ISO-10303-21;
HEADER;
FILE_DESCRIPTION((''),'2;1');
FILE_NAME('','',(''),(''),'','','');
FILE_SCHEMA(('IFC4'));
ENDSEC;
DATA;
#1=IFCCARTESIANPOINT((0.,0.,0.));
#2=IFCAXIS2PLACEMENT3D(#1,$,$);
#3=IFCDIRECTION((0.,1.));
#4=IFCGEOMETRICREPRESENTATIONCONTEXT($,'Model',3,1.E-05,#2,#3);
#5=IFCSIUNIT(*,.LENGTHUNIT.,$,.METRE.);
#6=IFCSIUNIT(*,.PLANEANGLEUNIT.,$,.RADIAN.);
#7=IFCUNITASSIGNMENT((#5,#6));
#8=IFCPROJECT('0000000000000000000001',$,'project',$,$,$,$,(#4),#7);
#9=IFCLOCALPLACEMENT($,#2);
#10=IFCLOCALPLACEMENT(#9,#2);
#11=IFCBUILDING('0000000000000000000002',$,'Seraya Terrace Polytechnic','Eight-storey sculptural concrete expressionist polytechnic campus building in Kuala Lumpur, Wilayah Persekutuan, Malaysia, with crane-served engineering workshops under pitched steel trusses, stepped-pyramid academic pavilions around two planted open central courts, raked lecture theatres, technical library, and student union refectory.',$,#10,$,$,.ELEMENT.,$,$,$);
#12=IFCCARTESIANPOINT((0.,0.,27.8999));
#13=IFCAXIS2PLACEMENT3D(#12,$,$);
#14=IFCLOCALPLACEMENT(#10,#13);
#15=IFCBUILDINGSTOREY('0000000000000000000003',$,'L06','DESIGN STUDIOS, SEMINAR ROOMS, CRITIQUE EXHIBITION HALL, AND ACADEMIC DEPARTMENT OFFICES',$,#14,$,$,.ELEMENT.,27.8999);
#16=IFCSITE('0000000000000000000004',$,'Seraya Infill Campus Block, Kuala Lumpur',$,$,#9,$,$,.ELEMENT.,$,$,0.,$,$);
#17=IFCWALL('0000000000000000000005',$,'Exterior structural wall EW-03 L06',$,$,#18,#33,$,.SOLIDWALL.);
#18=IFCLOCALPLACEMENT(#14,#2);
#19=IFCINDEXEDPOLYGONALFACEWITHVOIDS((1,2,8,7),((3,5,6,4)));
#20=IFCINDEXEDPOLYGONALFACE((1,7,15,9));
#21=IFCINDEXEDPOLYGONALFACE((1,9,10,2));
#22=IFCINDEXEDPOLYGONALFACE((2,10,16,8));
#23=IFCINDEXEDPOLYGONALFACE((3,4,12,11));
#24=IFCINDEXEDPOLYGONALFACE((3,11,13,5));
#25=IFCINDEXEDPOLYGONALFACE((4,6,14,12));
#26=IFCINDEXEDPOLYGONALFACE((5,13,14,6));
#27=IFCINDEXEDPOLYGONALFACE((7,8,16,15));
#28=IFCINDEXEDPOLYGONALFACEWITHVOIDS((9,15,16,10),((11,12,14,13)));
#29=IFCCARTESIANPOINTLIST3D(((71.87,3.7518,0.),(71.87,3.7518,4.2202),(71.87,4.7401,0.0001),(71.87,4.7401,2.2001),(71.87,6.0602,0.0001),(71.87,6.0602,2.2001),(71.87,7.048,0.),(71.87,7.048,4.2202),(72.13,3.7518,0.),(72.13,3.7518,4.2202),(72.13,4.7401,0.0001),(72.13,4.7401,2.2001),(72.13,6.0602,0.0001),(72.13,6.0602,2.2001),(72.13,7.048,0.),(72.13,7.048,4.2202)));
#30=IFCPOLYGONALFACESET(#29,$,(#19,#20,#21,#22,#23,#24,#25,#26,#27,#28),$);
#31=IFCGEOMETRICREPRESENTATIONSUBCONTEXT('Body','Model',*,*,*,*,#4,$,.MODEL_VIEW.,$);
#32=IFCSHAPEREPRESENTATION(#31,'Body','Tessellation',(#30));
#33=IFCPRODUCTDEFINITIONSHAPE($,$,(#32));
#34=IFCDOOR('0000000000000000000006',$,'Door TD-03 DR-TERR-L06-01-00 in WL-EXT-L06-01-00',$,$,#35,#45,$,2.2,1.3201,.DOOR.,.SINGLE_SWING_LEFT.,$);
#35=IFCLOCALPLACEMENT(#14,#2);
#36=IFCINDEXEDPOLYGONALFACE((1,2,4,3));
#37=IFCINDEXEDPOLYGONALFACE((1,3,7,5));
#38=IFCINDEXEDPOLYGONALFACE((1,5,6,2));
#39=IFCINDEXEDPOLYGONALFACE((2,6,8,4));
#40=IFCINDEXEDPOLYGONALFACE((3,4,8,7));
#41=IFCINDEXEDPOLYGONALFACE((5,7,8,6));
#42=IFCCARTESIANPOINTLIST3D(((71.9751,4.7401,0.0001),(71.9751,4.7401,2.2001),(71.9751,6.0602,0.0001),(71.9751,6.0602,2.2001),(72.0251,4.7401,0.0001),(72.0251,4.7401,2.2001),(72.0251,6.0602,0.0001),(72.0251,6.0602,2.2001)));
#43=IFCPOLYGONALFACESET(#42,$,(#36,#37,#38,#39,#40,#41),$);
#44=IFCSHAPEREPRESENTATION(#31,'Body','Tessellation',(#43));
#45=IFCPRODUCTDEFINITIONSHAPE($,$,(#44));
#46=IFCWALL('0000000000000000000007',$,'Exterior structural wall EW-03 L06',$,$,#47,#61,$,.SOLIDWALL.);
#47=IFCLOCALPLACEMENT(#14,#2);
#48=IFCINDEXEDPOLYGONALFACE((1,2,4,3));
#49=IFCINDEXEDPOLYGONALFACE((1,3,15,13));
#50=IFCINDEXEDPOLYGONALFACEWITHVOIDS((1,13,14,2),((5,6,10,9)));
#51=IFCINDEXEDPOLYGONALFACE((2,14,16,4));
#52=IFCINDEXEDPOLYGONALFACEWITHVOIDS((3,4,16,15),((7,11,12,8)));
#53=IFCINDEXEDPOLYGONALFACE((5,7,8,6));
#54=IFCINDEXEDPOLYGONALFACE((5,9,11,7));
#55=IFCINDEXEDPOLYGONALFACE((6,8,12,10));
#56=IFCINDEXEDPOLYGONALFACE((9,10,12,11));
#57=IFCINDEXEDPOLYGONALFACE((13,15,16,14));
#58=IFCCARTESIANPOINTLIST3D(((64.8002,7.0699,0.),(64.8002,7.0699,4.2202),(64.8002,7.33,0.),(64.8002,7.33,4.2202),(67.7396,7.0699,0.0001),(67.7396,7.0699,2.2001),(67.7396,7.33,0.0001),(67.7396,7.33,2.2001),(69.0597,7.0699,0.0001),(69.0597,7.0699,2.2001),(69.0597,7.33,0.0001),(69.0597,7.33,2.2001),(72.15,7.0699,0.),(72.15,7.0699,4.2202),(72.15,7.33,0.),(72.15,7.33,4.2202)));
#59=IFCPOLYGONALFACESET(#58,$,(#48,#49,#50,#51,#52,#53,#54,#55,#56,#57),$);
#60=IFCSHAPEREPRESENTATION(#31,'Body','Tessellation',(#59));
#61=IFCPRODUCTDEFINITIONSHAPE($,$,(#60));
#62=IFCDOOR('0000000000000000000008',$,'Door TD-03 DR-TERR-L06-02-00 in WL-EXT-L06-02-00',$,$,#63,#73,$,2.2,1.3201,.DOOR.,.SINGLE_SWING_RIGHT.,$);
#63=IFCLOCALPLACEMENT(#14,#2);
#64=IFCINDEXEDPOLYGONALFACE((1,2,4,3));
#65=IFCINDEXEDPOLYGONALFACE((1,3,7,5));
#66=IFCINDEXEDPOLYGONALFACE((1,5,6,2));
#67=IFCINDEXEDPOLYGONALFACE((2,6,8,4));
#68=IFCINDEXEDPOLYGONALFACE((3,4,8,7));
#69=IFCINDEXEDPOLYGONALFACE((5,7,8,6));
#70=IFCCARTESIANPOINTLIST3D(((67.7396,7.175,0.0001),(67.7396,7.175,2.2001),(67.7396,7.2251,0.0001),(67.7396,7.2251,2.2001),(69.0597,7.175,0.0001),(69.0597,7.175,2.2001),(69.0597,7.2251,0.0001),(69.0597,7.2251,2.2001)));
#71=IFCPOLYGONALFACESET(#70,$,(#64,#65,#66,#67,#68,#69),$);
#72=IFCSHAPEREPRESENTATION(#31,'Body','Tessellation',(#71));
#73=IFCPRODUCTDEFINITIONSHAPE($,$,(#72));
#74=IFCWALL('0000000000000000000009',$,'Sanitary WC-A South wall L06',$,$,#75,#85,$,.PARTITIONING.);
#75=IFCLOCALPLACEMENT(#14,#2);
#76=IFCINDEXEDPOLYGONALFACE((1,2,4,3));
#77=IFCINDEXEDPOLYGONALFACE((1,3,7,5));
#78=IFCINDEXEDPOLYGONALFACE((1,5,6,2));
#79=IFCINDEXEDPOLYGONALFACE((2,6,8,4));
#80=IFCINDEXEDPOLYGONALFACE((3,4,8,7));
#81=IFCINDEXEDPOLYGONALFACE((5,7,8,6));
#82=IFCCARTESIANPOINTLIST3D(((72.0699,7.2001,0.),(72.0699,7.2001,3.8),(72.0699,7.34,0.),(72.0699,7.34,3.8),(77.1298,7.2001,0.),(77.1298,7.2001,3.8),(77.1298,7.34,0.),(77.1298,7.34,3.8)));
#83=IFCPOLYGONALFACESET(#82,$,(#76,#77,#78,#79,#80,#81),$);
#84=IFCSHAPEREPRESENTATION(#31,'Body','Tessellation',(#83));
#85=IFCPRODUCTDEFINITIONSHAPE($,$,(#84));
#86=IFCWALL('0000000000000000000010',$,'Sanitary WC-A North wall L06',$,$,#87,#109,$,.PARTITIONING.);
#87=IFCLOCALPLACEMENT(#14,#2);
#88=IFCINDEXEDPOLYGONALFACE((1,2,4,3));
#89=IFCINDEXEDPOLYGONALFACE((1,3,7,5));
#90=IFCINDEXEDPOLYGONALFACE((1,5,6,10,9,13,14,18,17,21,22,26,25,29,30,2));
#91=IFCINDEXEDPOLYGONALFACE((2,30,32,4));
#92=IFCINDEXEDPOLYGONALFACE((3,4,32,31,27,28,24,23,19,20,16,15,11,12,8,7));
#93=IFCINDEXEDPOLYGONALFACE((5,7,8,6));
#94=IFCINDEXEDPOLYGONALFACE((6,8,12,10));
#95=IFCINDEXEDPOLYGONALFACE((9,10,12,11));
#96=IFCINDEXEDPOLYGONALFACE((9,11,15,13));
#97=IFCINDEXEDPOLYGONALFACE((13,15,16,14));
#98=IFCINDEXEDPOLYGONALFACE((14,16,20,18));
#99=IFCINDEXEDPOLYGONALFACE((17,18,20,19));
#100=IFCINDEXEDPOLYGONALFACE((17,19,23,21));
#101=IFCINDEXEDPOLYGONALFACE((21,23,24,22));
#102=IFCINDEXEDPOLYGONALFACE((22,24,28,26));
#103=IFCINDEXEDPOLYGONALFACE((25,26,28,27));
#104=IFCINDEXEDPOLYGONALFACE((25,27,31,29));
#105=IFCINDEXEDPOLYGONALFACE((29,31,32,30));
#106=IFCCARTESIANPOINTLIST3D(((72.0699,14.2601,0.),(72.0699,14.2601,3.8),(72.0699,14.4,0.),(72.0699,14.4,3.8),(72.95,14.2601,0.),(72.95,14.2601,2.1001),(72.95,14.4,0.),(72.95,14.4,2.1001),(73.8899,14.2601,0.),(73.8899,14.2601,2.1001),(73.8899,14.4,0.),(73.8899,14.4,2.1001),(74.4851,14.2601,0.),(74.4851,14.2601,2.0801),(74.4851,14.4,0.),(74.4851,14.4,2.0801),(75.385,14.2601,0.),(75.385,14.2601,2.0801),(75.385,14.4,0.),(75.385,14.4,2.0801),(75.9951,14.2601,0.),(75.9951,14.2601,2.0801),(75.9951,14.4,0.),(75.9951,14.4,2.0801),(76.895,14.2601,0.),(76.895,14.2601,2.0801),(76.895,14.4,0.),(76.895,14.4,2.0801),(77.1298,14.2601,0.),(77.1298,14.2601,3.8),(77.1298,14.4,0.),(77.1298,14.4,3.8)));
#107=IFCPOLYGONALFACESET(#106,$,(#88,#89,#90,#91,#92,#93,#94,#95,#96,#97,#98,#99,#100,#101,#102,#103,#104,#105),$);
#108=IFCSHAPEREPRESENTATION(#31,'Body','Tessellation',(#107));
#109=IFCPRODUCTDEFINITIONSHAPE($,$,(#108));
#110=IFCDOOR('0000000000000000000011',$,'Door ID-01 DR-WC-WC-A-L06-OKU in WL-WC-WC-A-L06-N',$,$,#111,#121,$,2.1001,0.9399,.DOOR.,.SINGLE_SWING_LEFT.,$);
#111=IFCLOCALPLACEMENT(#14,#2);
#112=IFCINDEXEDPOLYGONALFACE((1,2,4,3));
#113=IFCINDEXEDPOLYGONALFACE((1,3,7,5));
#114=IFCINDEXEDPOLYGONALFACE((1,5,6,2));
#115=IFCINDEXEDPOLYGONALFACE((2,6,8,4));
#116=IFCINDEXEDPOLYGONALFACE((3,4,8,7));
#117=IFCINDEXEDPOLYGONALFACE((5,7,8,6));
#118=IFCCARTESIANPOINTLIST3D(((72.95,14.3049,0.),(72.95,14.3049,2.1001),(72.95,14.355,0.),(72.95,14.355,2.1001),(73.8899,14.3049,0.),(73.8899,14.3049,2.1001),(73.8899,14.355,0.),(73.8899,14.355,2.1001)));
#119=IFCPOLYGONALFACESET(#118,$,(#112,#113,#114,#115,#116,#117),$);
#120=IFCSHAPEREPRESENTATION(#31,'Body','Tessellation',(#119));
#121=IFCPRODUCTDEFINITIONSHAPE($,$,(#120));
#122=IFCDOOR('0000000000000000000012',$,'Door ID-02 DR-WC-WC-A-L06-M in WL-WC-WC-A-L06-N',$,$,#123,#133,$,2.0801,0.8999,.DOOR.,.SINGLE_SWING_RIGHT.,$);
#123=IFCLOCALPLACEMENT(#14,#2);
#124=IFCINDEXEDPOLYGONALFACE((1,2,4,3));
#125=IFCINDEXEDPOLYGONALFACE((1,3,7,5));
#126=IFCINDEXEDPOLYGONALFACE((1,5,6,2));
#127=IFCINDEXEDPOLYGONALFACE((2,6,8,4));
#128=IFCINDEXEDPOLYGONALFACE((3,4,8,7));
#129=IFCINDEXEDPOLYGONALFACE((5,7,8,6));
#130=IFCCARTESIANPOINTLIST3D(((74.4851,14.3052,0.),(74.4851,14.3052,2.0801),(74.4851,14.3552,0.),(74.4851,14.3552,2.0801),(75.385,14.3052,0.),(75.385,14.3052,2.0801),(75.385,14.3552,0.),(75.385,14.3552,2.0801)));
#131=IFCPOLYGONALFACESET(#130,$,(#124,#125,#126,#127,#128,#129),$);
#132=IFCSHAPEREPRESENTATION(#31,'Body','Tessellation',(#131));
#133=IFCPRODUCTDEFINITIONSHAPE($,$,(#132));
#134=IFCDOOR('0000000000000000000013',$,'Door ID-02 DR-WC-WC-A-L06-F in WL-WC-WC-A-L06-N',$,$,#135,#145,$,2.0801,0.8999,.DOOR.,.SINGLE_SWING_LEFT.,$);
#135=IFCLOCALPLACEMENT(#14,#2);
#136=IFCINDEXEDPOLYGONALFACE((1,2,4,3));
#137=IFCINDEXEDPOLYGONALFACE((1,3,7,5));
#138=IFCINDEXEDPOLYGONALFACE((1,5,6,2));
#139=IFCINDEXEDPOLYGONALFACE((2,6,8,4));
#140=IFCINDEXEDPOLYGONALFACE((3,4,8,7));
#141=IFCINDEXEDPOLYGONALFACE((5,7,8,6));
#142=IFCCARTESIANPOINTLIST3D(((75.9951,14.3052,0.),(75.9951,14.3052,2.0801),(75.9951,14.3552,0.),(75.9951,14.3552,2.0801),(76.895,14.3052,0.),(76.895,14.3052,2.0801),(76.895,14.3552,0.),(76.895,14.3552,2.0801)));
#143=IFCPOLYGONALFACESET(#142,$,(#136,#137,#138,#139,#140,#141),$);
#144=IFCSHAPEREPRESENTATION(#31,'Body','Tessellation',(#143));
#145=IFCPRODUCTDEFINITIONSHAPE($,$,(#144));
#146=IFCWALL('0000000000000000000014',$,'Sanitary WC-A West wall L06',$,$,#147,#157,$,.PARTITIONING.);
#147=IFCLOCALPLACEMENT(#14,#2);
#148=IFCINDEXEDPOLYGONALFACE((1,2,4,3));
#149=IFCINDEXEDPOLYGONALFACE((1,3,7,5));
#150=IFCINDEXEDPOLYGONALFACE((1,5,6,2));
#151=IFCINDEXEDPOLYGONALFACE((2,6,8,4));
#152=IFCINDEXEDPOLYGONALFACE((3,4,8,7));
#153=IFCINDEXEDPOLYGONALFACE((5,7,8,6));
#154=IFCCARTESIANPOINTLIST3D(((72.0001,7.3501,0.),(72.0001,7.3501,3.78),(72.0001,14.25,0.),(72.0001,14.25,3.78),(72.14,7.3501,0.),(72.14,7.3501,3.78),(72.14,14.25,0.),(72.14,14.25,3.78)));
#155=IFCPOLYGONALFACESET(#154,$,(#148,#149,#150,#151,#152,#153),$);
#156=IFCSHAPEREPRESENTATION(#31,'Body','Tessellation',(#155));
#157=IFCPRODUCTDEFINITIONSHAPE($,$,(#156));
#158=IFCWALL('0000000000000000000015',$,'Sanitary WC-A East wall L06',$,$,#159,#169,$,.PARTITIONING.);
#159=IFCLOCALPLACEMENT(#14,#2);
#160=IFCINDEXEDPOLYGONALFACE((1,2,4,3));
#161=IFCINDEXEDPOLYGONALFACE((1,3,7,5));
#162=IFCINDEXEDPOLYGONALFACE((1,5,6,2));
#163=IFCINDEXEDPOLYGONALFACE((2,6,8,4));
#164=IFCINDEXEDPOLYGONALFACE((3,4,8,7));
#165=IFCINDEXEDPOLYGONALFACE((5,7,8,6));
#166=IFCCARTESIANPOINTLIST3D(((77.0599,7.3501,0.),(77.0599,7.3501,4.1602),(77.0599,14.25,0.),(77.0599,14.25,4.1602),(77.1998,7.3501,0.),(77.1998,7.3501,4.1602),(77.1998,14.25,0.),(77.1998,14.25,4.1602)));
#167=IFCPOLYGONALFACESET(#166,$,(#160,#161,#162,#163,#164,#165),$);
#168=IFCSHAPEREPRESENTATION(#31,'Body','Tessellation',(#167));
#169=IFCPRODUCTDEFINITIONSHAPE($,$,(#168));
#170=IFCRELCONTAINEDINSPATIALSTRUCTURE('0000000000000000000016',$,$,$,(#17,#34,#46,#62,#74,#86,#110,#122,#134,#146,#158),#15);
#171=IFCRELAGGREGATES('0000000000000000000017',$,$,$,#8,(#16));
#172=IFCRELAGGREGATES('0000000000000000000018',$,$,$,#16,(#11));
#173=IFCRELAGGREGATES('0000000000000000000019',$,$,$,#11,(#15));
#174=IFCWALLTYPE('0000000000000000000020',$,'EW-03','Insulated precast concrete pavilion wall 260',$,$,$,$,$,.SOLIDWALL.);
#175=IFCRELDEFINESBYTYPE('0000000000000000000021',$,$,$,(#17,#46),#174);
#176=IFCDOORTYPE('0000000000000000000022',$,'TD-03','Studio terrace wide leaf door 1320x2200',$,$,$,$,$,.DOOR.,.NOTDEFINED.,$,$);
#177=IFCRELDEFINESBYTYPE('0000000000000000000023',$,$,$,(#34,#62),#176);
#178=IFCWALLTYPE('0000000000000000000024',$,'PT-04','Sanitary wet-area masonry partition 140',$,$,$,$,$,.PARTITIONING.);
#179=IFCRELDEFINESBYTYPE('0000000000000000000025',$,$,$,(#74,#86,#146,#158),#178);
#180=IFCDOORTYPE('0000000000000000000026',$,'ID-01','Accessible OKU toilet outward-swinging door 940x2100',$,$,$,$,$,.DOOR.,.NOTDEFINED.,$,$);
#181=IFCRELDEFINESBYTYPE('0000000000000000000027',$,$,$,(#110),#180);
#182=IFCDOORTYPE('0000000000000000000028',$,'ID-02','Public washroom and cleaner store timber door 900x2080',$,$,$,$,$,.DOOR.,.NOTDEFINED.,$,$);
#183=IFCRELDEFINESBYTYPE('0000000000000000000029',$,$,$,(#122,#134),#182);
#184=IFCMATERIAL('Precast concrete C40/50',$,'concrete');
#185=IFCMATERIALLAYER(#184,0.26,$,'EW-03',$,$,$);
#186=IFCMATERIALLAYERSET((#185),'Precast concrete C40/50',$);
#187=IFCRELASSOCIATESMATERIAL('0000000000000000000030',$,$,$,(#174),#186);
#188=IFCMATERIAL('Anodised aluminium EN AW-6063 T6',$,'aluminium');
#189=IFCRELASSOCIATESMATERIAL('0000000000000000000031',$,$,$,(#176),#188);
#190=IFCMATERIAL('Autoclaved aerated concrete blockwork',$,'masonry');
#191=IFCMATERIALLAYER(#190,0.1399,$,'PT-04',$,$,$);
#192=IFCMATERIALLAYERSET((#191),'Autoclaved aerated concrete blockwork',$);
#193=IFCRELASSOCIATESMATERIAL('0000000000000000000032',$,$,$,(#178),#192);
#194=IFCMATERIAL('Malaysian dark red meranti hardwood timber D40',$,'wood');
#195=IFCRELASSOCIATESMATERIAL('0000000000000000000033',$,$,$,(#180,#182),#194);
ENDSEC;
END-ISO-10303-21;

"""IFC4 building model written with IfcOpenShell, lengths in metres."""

from ifc_helpers import new_model, si_unit, direction, frame, frame_2d, origin, place, context, subcontext, project, spatial, rectangle, extrude, material, layer, layer_set, type_object, element, fill, save


model = new_model("IFC4")

# Units and contexts
model_context = context("Model", 3, precision=1e-05, world=origin(), true_north=direction((0.0, 1.0)))
body_context = subcontext(model_context, "Body", "Model", "MODEL_VIEW")
ifc_project = project(units=[si_unit("LENGTHUNIT", "METRE"), si_unit("PLANEANGLEUNIT", "RADIAN")], contexts=[model_context])

# Site, building, storey
site_placement = place(None, origin())
site = spatial("IfcSite", under=ifc_project, at=site_placement, Name="Seraya Infill Campus Block, Kuala Lumpur", CompositionType="ELEMENT", RefElevation=0.0)
building_placement = place(site_placement, origin())
building = spatial("IfcBuilding", under=site, at=building_placement, Name="Seraya Terrace Polytechnic", Description="Eight-storey sculptural concrete expressionist polytechnic campus building in Kuala Lumpur, Wilayah Persekutuan, Malaysia, with crane-served engineering workshops under pitched steel trusses, stepped-pyramid academic pavilions around two planted open central courts, raked lecture theatres, technical library, and student union refectory.", CompositionType="ELEMENT")
storey_placement = place(building_placement, frame((0.0, 0.0, 27.8999)))
storey = spatial("IfcBuildingStorey", under=building, at=storey_placement, Name="L06", Description="DESIGN STUDIOS, SEMINAR ROOMS, CRITIQUE EXHIBITION HALL, AND ACADEMIC DEPARTMENT OFFICES", CompositionType="ELEMENT", Elevation=27.8999)

# Walls, openings, doors
ifc_material_1 = material(Name="Precast concrete C40/50", Category="concrete")
ifc_layer_1 = layer(ifc_material_1, 0.26, Name="EW-03")
ifc_layer_set_1 = layer_set([ifc_layer_1], Name="Precast concrete C40/50")
wall_type_1 = type_object("IfcWallType", Name="EW-03", Description="Insulated precast concrete pavilion wall 260", PredefinedType="SOLIDWALL", material=ifc_layer_set_1)
wall_1_placement = place(storey_placement, frame((72.0, 3.752, 0.0), z_axis=(0.0, 0.0, 1.0), x_axis=(0.0, 1.0, 0.0)))
wall_1 = element("IfcWall", 1, at=wall_1_placement, inside=storey, type_object=wall_type_1, Name="Exterior structural wall EW-03 L06", PredefinedType="SOLIDWALL", context=body_context, shape_type="SweptSolid", body=[
    extrude(rectangle(XDim=3.2961, YDim=0.26, at=frame_2d((1.6479, 0.0))), origin(), (0.0, 0.0, 1.0), 4.2202),
])
opening_1_placement = place(wall_1_placement, frame((0.988, 0.0, 0.0)))
opening_1 = element("IfcOpeningElement", 2, at=opening_1_placement, cuts=wall_1, PredefinedType="OPENING", context=body_context, shape_type="SweptSolid", body=[
    extrude(rectangle(XDim=1.3201, YDim=2.2, at=frame_2d((0.6602, 1.1001))), frame((0.0, 0.1421, 0.0), z_axis=(0.0, -1.0, 0.0), x_axis=(1.0, 0.0, 0.0)), (0.0, 0.0, 1.0), 0.2839),
])
ifc_material_2 = material(Name="Anodised aluminium EN AW-6063 T6", Category="aluminium")
door_type_1 = type_object("IfcDoorType", Name="TD-03", Description="Studio terrace wide leaf door 1320x2200", OperationType="NOTDEFINED", PredefinedType="DOOR", material=ifc_material_2)
door_1_placement = place(opening_1_placement, origin())
door_1 = element("IfcDoor", 3, at=door_1_placement, inside=storey, type_object=door_type_1, Name="Door TD-03 DR-TERR-L06-01-00 in WL-EXT-L06-01-00", OperationType="SINGLE_SWING_LEFT", OverallHeight=2.2, OverallWidth=1.3201, PredefinedType="DOOR", context=body_context, shape_type="SweptSolid", body=[
    extrude(rectangle(XDim=1.3201, YDim=2.2, at=frame_2d((0.6602, 1.1001))), frame((0.0, 0.0249, 0.0), z_axis=(0.0, -1.0, 0.0), x_axis=(1.0, 0.0, 0.0)), (0.0, 0.0, 1.0), 0.05),
])
fill(opening_1, door_1)
wall_2_placement = place(storey_placement, frame((72.1499, 7.2, 0.0), z_axis=(0.0, 0.0, 1.0), x_axis=(-1.0, 0.0, 0.0)))
wall_2 = element("IfcWall", 4, at=wall_2_placement, inside=storey, type_object=wall_type_1, Name="Exterior structural wall EW-03 L06", PredefinedType="SOLIDWALL", context=body_context, shape_type="SweptSolid", body=[
    extrude(rectangle(XDim=7.3499, YDim=0.26, at=frame_2d((3.6748, 0.0))), origin(), (0.0, 0.0, 1.0), 4.2202),
])
opening_2_placement = place(wall_2_placement, frame((3.0901, 0.0, 0.0)))
opening_2 = element("IfcOpeningElement", 5, at=opening_2_placement, cuts=wall_2, PredefinedType="OPENING", context=body_context, shape_type="SweptSolid", body=[
    extrude(rectangle(XDim=1.3201, YDim=2.2, at=frame_2d((0.6602, 1.1001))), frame((0.0, 0.1421, 0.0), z_axis=(0.0, -1.0, 0.0), x_axis=(1.0, 0.0, 0.0)), (0.0, 0.0, 1.0), 0.2839),
])
door_2_placement = place(opening_2_placement, origin())
door_2 = element("IfcDoor", 6, at=door_2_placement, inside=storey, type_object=door_type_1, Name="Door TD-03 DR-TERR-L06-02-00 in WL-EXT-L06-02-00", OperationType="SINGLE_SWING_RIGHT", OverallHeight=2.2, OverallWidth=1.3201, PredefinedType="DOOR", context=body_context, shape_type="SweptSolid", body=[
    extrude(rectangle(XDim=1.3201, YDim=2.2, at=frame_2d((0.6602, 1.1001))), frame((0.0, 0.0249, 0.0), z_axis=(0.0, -1.0, 0.0), x_axis=(1.0, 0.0, 0.0)), (0.0, 0.0, 1.0), 0.05),
])
fill(opening_2, door_2)

# Wall
ifc_material_3 = material(Name="Autoclaved aerated concrete blockwork", Category="masonry")
ifc_layer_2 = layer(ifc_material_3, 0.1399, Name="PT-04")
ifc_layer_set_2 = layer_set([ifc_layer_2], Name="Autoclaved aerated concrete blockwork")
wall_type_2 = type_object("IfcWallType", Name="PT-04", Description="Sanitary wet-area masonry partition 140", PredefinedType="PARTITIONING", material=ifc_layer_set_2)
wall_3_placement = place(storey_placement, frame((72.0701, 7.27, 0.0), z_axis=(0.0, 0.0, 1.0), x_axis=(1.0, 0.0, 0.0)))
element("IfcWall", 7, at=wall_3_placement, inside=storey, type_object=wall_type_2, Name="Sanitary WC-A South wall L06", PredefinedType="PARTITIONING", context=body_context, shape_type="SweptSolid", body=[
    extrude(rectangle(XDim=5.0598, YDim=0.1399, at=frame_2d((2.5298, 0.0))), origin(), (0.0, 0.0, 1.0), 3.8),
])

# Wall, openings, doors
wall_4_placement = place(storey_placement, frame((72.0701, 14.3301, 0.0), z_axis=(0.0, 0.0, 1.0), x_axis=(1.0, 0.0, 0.0)))
wall_4 = element("IfcWall", 8, at=wall_4_placement, inside=storey, type_object=wall_type_2, Name="Sanitary WC-A North wall L06", PredefinedType="PARTITIONING", context=body_context, shape_type="SweptSolid", body=[
    extrude(rectangle(XDim=5.0598, YDim=0.1399, at=frame_2d((2.5298, 0.0))), origin(), (0.0, 0.0, 1.0), 3.8),
])
opening_3_placement = place(wall_4_placement, frame((0.8799, 0.0, 0.0)))
opening_3 = element("IfcOpeningElement", 9, at=opening_3_placement, cuts=wall_4, PredefinedType="OPENING", context=body_context, shape_type="SweptSolid", body=[
    extrude(rectangle(XDim=0.9399, YDim=2.1001, at=frame_2d((0.47, 1.05))), frame((0.0, 0.082, 0.0), z_axis=(0.0, -1.0, 0.0), x_axis=(1.0, 0.0, 0.0)), (0.0, 0.0, 1.0), 0.1638),
])
opening_4_placement = place(wall_4_placement, frame((2.415, 0.0, 0.0)))
opening_4 = element("IfcOpeningElement", 10, at=opening_4_placement, cuts=wall_4, PredefinedType="OPENING", context=body_context, shape_type="SweptSolid", body=[
    extrude(rectangle(XDim=0.8999, YDim=2.0801, at=frame_2d((0.45, 1.04))), frame((0.0, 0.082, 0.0), z_axis=(0.0, -1.0, 0.0), x_axis=(1.0, 0.0, 0.0)), (0.0, 0.0, 1.0), 0.1638),
])
opening_5_placement = place(wall_4_placement, frame((3.925, 0.0, 0.0)))
opening_5 = element("IfcOpeningElement", 11, at=opening_5_placement, cuts=wall_4, PredefinedType="OPENING", context=body_context, shape_type="SweptSolid", body=[
    extrude(rectangle(XDim=0.8999, YDim=2.0801, at=frame_2d((0.45, 1.04))), frame((0.0, 0.082, 0.0), z_axis=(0.0, -1.0, 0.0), x_axis=(1.0, 0.0, 0.0)), (0.0, 0.0, 1.0), 0.1638),
])
ifc_material_4 = material(Name="Malaysian dark red meranti hardwood timber D40", Category="wood")
door_type_2 = type_object("IfcDoorType", Name="ID-01", Description="Accessible OKU toilet outward-swinging door 940x2100", OperationType="NOTDEFINED", PredefinedType="DOOR", material=ifc_material_4)
door_3_placement = place(opening_3_placement, origin())
door_3 = element("IfcDoor", 12, at=door_3_placement, inside=storey, type_object=door_type_2, Name="Door ID-01 DR-WC-WC-A-L06-OKU in WL-WC-WC-A-L06-N", OperationType="SINGLE_SWING_LEFT", OverallHeight=2.1001, OverallWidth=0.9399, PredefinedType="DOOR", context=body_context, shape_type="SweptSolid", body=[
    extrude(rectangle(XDim=0.9399, YDim=2.1001, at=frame_2d((0.47, 1.05))), frame((0.0, 0.0249, 0.0), z_axis=(0.0, -1.0, 0.0), x_axis=(1.0, 0.0, 0.0)), (0.0, 0.0, 1.0), 0.05),
])
fill(opening_3, door_3)
door_type_3 = type_object("IfcDoorType", Name="ID-02", Description="Public washroom and cleaner store timber door 900x2080", OperationType="NOTDEFINED", PredefinedType="DOOR", material=ifc_material_4)
door_4_placement = place(opening_4_placement, frame((0.8999, 0.0, 0.0), z_axis=(0.0, 0.0, 1.0), x_axis=(-1.0, 0.0, 0.0)))
door_4 = element("IfcDoor", 13, at=door_4_placement, inside=storey, type_object=door_type_3, Name="Door ID-02 DR-WC-WC-A-L06-M in WL-WC-WC-A-L06-N", OperationType="SINGLE_SWING_RIGHT", OverallHeight=2.0801, OverallWidth=0.8999, PredefinedType="DOOR", context=body_context, shape_type="SweptSolid", body=[
    extrude(rectangle(XDim=0.8999, YDim=2.0801, at=frame_2d((0.45, 1.04))), frame((0.0, 0.0249, 0.0), z_axis=(0.0, -1.0, 0.0), x_axis=(1.0, 0.0, 0.0)), (0.0, 0.0, 1.0), 0.05),
])
fill(opening_4, door_4)
door_5_placement = place(opening_5_placement, frame((0.8999, 0.0, 0.0), z_axis=(0.0, 0.0, 1.0), x_axis=(-1.0, 0.0, 0.0)))
door_5 = element("IfcDoor", 14, at=door_5_placement, inside=storey, type_object=door_type_3, Name="Door ID-02 DR-WC-WC-A-L06-F in WL-WC-WC-A-L06-N", OperationType="SINGLE_SWING_LEFT", OverallHeight=2.0801, OverallWidth=0.8999, PredefinedType="DOOR", context=body_context, shape_type="SweptSolid", body=[
    extrude(rectangle(XDim=0.8999, YDim=2.0801, at=frame_2d((0.45, 1.04))), frame((0.0, 0.0249, 0.0), z_axis=(0.0, -1.0, 0.0), x_axis=(1.0, 0.0, 0.0)), (0.0, 0.0, 1.0), 0.05),
])
fill(opening_5, door_5)

# Walls
wall_5_placement = place(storey_placement, frame((72.0701, 7.3501, 0.0), z_axis=(0.0, 0.0, 1.0), x_axis=(0.0, 1.0, 0.0)))
element("IfcWall", 15, at=wall_5_placement, inside=storey, type_object=wall_type_2, Name="Sanitary WC-A West wall L06", PredefinedType="PARTITIONING", context=body_context, shape_type="SweptSolid", body=[
    extrude(rectangle(XDim=6.8999, YDim=0.1399, at=frame_2d((3.45, 0.0))), origin(), (0.0, 0.0, 1.0), 3.78),
])
wall_6_placement = place(storey_placement, frame((77.1299, 7.3501, 0.0), z_axis=(0.0, 0.0, 1.0), x_axis=(0.0, 1.0, 0.0)))
element("IfcWall", 16, at=wall_6_placement, inside=storey, type_object=wall_type_2, Name="Sanitary WC-A East wall L06", PredefinedType="PARTITIONING", context=body_context, shape_type="SweptSolid", body=[
    extrude(rectangle(XDim=6.8999, YDim=0.1399, at=frame_2d((3.45, 0.0))), origin(), (0.0, 0.0, 1.0), 4.1602),
])

save(model, "model.ifc")
